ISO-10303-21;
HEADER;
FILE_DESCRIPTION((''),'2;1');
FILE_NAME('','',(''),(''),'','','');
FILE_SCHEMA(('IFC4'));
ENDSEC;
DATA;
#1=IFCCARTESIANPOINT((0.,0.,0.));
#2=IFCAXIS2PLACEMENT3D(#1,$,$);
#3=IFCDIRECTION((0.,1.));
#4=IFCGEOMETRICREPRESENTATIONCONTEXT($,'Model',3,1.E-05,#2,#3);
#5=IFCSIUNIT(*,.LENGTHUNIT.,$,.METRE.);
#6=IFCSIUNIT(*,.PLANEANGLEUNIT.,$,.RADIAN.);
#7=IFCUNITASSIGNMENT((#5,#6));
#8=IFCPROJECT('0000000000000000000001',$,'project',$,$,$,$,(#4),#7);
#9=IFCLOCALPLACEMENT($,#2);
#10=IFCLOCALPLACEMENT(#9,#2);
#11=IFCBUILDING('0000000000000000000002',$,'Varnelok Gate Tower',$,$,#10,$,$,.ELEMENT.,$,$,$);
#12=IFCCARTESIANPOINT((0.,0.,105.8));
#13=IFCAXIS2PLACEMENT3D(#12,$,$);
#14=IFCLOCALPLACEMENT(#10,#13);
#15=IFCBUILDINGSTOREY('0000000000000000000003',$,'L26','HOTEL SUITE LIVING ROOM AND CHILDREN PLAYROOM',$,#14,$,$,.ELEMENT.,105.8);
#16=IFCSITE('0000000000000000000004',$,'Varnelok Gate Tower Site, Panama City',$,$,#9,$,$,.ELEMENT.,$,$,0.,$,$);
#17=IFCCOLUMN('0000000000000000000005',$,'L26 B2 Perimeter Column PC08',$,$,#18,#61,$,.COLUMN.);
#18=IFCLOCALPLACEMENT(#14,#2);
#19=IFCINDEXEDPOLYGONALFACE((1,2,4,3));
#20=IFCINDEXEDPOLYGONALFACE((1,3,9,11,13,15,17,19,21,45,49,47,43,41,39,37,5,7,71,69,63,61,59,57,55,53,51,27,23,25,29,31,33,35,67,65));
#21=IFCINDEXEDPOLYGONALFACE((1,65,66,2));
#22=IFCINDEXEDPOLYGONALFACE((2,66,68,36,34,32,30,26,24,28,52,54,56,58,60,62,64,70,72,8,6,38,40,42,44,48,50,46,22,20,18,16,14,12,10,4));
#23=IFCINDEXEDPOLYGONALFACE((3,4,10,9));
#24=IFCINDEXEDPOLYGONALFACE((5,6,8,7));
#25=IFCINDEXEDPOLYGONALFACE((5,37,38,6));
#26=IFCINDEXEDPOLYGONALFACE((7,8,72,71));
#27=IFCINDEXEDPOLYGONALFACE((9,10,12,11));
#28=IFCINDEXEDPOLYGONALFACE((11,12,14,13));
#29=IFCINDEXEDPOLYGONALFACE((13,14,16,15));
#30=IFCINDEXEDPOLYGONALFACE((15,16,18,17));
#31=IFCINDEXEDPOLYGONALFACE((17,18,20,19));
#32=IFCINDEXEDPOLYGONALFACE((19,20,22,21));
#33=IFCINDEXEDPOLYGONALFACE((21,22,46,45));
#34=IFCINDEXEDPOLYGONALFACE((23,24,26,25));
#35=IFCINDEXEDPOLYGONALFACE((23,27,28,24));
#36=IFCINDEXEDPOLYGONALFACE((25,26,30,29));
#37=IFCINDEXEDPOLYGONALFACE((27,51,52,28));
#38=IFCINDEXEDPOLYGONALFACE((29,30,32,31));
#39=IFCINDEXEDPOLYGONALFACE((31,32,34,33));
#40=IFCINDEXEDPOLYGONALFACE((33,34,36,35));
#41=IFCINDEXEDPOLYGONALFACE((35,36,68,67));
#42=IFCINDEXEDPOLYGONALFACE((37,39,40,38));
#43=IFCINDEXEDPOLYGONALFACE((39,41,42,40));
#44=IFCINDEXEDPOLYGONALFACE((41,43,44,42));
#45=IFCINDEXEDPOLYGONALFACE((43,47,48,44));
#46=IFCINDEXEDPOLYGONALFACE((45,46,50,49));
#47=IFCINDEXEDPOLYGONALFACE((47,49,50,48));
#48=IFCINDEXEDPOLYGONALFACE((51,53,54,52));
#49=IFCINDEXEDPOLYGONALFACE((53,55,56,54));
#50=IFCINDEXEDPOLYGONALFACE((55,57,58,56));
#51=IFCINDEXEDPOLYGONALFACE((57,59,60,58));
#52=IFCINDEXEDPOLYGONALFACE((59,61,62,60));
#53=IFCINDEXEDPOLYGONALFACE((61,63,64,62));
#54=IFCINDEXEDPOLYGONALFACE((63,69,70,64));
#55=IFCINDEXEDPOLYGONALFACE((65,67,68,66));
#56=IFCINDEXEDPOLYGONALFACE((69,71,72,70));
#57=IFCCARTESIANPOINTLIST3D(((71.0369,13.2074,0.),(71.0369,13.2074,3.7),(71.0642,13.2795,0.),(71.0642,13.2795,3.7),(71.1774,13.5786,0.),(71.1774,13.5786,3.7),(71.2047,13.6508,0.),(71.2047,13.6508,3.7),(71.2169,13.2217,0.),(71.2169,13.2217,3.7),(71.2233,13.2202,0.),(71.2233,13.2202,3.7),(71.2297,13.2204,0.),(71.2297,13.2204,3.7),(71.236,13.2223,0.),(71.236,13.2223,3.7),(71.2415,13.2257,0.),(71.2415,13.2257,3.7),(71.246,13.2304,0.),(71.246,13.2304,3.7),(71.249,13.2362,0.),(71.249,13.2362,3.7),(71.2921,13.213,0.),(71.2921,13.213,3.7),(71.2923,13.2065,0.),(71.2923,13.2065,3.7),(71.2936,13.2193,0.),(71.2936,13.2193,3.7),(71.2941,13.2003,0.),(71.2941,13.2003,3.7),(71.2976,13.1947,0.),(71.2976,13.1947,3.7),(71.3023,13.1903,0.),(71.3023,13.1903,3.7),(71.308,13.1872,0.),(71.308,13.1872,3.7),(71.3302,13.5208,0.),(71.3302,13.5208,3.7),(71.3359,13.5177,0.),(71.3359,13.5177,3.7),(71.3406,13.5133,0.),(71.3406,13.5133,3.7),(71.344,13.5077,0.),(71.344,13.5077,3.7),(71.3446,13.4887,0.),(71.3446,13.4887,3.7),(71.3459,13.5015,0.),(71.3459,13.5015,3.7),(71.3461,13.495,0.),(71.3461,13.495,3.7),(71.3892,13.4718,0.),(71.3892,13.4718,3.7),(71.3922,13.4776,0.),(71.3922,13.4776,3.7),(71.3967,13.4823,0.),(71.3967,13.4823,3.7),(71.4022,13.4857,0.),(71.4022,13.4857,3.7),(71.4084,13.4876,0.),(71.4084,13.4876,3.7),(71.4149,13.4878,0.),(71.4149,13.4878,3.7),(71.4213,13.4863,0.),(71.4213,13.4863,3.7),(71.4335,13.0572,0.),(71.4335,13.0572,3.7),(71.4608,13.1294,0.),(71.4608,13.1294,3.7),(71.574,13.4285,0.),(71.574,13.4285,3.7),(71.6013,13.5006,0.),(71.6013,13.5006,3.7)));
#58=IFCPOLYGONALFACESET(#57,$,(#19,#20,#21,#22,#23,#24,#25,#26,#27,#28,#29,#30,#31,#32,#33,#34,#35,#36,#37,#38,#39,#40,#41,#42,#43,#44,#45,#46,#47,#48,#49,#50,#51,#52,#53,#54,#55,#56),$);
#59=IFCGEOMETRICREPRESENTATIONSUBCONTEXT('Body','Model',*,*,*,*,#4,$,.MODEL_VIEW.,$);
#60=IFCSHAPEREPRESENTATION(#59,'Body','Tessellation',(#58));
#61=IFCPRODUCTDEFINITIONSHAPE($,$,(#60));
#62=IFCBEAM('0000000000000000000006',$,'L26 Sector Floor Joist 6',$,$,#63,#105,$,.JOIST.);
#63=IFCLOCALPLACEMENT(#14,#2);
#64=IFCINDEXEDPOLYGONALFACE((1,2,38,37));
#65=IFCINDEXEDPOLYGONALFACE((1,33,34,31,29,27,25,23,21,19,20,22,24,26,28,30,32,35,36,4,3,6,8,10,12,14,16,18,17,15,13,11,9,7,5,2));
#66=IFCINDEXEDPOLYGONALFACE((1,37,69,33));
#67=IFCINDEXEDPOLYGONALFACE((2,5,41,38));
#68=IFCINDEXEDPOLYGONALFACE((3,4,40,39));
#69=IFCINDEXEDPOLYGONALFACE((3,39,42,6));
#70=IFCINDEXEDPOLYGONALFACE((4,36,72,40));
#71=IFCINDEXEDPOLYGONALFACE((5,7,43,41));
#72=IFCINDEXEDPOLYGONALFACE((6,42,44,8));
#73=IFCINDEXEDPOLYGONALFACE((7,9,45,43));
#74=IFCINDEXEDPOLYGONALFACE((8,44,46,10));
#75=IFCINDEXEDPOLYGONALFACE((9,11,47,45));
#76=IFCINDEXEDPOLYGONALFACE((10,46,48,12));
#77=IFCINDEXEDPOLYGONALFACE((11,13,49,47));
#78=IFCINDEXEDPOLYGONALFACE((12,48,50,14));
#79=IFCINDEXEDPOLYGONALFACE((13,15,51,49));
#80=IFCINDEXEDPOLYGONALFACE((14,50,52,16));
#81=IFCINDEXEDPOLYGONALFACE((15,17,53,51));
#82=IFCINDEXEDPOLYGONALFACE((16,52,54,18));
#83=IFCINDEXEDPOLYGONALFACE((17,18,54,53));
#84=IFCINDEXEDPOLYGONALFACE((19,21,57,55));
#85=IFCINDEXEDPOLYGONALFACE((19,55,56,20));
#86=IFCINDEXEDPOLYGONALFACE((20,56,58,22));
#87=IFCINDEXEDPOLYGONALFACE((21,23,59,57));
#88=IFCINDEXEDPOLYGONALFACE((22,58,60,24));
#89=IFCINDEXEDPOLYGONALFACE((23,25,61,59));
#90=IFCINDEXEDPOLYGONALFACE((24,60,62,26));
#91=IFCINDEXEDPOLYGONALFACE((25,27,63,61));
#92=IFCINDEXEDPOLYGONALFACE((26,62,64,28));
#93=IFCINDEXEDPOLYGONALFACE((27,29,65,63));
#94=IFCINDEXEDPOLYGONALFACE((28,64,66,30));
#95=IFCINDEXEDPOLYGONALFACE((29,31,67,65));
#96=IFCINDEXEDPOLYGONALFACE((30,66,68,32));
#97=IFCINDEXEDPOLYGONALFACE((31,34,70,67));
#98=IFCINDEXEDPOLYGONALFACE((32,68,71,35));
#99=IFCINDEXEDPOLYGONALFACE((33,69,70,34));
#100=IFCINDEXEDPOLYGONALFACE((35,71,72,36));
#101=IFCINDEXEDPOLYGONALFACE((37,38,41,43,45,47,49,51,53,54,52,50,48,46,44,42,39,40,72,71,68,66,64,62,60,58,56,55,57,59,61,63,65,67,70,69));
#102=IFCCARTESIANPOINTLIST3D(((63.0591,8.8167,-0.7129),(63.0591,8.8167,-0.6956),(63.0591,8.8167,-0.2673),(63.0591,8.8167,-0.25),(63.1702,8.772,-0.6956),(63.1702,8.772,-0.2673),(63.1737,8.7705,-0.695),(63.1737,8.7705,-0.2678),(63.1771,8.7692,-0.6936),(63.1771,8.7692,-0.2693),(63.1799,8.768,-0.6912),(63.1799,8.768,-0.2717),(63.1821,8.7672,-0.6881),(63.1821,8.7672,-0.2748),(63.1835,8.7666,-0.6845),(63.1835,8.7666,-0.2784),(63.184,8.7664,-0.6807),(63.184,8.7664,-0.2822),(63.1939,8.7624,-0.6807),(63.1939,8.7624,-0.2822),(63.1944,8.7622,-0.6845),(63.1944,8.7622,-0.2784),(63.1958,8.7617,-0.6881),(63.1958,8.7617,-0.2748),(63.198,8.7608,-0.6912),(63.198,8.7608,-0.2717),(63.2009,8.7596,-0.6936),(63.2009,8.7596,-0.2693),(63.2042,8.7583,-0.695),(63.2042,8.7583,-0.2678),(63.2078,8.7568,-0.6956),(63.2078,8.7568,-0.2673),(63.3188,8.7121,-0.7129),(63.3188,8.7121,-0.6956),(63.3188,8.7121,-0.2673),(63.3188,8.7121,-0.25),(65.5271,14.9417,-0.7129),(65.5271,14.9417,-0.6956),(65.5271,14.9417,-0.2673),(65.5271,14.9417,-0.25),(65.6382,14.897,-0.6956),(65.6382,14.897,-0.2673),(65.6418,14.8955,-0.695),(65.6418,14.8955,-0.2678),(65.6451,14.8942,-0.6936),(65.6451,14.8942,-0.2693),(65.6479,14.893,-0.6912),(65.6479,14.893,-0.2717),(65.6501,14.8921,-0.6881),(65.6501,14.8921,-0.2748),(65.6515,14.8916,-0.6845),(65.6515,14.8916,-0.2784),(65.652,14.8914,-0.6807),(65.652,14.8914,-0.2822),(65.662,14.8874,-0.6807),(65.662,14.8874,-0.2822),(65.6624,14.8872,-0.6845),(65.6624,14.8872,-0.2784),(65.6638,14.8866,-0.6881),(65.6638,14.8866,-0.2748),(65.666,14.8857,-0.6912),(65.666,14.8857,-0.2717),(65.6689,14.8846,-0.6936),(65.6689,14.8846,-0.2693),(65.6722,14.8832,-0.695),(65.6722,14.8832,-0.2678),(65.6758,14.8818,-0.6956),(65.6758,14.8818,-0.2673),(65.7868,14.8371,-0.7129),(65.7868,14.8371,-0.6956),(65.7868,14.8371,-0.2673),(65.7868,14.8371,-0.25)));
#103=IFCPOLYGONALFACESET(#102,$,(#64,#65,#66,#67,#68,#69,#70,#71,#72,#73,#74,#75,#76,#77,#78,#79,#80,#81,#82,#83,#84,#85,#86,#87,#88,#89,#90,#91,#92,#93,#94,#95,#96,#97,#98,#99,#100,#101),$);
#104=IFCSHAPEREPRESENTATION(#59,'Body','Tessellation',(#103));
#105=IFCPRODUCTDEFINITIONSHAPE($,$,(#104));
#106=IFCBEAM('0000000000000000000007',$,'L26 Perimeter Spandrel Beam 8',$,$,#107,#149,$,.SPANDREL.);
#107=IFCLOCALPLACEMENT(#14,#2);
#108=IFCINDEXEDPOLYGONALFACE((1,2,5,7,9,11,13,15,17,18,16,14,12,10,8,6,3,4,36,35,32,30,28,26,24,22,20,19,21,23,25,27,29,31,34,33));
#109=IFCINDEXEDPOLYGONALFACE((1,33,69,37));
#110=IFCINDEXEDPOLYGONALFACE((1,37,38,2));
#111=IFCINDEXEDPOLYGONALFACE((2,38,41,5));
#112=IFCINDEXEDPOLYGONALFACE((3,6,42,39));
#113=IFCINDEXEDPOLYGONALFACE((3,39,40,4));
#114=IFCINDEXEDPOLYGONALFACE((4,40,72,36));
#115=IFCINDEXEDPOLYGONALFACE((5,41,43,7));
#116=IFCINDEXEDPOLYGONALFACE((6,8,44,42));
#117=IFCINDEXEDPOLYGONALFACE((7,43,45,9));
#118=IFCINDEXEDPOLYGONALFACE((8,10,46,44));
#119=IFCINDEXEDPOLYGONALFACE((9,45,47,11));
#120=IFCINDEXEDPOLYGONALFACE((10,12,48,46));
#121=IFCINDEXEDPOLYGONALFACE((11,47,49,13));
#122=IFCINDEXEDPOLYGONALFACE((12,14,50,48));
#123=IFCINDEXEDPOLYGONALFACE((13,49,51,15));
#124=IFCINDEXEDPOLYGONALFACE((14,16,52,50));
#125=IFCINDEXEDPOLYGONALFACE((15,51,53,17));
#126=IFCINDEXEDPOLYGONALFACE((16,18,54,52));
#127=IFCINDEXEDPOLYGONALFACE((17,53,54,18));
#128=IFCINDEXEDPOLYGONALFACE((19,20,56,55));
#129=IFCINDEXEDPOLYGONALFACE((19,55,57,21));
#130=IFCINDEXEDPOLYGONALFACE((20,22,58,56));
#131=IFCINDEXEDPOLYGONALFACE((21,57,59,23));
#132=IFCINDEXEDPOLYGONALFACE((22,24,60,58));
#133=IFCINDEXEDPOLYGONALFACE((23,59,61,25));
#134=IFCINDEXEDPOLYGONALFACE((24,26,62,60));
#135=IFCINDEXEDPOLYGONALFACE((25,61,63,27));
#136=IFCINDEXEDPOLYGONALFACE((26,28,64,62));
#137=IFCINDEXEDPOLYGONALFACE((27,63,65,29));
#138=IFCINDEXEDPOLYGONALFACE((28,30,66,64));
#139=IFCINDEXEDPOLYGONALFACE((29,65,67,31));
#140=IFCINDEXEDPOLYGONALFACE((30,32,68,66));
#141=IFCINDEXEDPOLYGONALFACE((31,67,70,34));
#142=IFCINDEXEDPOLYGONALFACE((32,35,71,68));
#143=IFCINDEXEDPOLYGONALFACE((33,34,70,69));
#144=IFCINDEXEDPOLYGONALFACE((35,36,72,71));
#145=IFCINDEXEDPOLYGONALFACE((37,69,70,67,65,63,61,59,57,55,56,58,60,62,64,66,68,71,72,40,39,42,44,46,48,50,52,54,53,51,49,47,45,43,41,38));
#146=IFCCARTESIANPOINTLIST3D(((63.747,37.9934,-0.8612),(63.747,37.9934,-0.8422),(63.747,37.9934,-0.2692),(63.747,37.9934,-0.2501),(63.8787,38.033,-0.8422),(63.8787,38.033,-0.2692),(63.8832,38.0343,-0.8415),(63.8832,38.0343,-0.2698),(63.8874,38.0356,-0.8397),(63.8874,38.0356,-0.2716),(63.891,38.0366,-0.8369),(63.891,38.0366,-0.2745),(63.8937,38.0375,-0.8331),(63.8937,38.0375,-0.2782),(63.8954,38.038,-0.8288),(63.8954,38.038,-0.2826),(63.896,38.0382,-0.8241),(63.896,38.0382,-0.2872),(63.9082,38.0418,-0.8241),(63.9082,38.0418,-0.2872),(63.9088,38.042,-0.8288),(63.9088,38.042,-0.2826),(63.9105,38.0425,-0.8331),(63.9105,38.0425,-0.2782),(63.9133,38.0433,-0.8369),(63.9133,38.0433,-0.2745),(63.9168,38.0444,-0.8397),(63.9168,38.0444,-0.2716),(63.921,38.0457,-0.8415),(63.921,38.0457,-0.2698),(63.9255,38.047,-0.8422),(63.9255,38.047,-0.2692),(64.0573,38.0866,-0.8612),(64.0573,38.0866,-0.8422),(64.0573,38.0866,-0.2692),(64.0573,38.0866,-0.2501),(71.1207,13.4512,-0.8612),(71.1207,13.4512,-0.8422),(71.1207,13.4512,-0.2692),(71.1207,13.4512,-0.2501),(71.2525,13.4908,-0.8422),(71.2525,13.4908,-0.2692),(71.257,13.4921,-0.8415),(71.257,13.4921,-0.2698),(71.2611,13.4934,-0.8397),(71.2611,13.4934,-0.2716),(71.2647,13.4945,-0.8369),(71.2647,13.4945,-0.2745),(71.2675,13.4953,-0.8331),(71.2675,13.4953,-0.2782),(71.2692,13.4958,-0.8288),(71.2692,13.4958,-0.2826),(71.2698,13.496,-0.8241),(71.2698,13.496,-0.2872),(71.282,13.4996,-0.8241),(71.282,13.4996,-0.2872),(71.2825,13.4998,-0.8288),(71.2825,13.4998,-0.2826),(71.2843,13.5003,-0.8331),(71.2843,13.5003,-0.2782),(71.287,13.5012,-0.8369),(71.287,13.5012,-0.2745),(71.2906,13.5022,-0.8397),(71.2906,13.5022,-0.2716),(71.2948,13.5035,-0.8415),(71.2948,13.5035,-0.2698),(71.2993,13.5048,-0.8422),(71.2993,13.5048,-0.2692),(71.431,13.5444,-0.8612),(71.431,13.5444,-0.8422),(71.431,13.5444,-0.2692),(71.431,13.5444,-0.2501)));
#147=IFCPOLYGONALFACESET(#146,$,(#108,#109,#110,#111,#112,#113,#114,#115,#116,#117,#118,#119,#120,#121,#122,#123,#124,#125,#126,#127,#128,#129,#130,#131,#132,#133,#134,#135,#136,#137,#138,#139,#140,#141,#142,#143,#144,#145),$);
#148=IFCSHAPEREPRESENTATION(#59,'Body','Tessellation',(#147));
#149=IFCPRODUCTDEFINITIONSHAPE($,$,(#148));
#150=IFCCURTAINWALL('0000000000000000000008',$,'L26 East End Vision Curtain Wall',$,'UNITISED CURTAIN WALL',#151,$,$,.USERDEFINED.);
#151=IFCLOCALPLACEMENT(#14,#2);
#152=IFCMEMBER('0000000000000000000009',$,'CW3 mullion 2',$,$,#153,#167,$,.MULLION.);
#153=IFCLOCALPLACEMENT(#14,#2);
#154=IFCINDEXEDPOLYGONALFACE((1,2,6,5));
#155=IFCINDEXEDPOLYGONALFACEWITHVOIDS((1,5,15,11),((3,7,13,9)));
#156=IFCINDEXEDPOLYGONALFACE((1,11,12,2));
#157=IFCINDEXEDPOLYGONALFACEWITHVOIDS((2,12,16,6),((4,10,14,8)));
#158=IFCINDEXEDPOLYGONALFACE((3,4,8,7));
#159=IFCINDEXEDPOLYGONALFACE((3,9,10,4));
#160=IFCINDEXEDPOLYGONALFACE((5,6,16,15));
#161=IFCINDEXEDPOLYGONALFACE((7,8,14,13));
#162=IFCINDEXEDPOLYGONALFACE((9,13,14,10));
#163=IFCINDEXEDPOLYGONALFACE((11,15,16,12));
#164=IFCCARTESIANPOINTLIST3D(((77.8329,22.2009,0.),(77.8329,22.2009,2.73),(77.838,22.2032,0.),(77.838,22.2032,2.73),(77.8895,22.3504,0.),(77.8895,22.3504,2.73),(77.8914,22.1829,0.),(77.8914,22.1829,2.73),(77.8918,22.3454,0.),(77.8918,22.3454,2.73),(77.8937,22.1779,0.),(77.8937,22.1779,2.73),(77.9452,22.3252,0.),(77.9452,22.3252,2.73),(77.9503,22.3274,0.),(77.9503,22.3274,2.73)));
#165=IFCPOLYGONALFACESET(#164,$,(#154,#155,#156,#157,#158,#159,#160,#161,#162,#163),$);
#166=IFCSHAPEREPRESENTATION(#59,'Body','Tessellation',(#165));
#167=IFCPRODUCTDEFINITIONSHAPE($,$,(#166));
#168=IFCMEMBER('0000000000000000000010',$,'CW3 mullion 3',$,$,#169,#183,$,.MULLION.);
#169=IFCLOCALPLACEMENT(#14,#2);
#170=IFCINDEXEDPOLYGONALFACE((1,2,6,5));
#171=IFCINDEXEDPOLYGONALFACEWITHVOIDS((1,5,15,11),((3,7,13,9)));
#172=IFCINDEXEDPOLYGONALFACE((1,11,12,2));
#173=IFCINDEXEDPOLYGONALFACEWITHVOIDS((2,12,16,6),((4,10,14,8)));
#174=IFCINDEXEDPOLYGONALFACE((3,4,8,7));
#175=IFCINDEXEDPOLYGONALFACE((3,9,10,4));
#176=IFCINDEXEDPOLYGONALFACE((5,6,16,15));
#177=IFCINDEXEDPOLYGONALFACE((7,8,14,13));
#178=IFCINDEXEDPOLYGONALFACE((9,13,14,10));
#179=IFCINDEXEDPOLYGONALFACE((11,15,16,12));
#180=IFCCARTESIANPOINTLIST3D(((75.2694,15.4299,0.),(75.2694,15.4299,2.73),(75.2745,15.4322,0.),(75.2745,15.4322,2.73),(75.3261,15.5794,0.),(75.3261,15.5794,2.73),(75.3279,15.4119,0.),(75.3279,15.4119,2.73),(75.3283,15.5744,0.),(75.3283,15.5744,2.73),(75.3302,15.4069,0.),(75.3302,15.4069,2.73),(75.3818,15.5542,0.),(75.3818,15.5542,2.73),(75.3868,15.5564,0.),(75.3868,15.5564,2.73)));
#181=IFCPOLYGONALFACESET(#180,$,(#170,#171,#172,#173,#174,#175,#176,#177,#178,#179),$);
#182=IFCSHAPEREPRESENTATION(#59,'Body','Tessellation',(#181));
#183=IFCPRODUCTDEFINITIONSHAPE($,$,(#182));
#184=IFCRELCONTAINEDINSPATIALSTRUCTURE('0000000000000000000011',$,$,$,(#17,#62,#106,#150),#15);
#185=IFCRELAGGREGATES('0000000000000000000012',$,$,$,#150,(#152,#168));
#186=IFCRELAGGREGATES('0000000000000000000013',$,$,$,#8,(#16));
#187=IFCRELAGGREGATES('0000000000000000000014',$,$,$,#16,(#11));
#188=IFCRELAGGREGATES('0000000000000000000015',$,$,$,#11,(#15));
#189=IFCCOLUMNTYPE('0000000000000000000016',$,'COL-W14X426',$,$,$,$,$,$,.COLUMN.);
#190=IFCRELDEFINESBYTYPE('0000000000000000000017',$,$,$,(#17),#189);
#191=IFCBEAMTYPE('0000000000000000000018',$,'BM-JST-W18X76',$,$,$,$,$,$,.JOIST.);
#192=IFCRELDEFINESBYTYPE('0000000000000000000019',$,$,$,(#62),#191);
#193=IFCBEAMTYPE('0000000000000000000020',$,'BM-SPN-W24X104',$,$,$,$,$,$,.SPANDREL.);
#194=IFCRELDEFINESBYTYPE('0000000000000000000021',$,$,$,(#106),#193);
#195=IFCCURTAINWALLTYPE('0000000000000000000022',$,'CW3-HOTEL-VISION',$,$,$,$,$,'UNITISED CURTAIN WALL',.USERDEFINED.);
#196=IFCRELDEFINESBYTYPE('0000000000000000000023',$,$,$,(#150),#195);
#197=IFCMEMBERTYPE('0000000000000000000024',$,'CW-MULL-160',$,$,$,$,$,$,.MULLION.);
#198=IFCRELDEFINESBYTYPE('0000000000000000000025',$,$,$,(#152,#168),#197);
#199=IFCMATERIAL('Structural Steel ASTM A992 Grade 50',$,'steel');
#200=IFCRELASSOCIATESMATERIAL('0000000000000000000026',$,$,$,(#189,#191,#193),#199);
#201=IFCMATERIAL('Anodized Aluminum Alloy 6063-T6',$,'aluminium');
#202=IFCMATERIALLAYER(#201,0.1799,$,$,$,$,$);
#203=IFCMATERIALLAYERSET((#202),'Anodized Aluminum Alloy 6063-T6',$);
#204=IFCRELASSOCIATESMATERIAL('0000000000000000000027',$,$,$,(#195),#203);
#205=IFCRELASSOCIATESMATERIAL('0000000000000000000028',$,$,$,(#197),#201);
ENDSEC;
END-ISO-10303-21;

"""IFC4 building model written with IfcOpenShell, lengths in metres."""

from ifc_helpers import new_model, si_unit, direction, frame, origin, origin_2d, place, context, subcontext, project, spatial, hollow_rectangle, i_section, extrude, material, layer, layer_set, material_profile, profile_set, type_object, element, aggregate, save


model = new_model("IFC4")

# Units and contexts
model_context = context("Model", 3, precision=1e-05, world=origin(), true_north=direction((0.0, 1.0)))
body_context = subcontext(model_context, "Body", "Model", "MODEL_VIEW")
ifc_project = project(units=[si_unit("LENGTHUNIT", "METRE"), si_unit("PLANEANGLEUNIT", "RADIAN")], contexts=[model_context])

# Site, building, storey
site_placement = place(None, origin())
site = spatial("IfcSite", under=ifc_project, at=site_placement, Name="Varnelok Gate Tower Site, Panama City", CompositionType="ELEMENT", RefElevation=0.0)
building_placement = place(site_placement, origin())
building = spatial("IfcBuilding", under=site, at=building_placement, Name="Varnelok Gate Tower", CompositionType="ELEMENT")
storey_placement = place(building_placement, frame((0.0, 0.0, 105.8)))
storey = spatial("IfcBuildingStorey", under=building, at=storey_placement, Name="L26", Description="HOTEL SUITE LIVING ROOM AND CHILDREN PLAYROOM", CompositionType="ELEMENT", Elevation=105.8)

# Column
ifc_material_1 = material(Name="Structural Steel ASTM A992 Grade 50", Category="steel")
ifc_material_profile_1 = material_profile(ifc_material_1, i_section(OverallWidth=0.4241, OverallDepth=0.4741, WebThickness=0.0476, FlangeThickness=0.0771, FilletRadius=0.0249, at=origin_2d()), Name="W14X426")
ifc_profile_set_1 = profile_set([ifc_material_profile_1], Name="Structural Steel ASTM A992 Grade 50")
column_type = type_object("IfcColumnType", Name="COL-W14X426", PredefinedType="COLUMN", material=ifc_profile_set_1)
column_placement = place(storey_placement, frame((71.3191, 13.354, 0.0), z_axis=(0.0, 0.0, 1.0), x_axis=(0.935222, -0.354063, 0.0)))
element("IfcColumn", 1, at=column_placement, inside=storey, type_object=column_type, Name="L26 B2 Perimeter Column PC08", PredefinedType="COLUMN", context=body_context, shape_type="SweptSolid", body=[
    extrude(i_section(OverallWidth=0.4241, OverallDepth=0.4741, WebThickness=0.0476, FlangeThickness=0.0771, FilletRadius=0.0249, at=origin_2d()), origin(), (0.0, 0.0, 1.0), 3.7),
])

# Beams
ifc_material_profile_2 = material_profile(ifc_material_1, i_section(OverallWidth=0.28, OverallDepth=0.4629, WebThickness=0.0107, FlangeThickness=0.0173, FilletRadius=0.0149, at=origin_2d()), Name="W18X76")
ifc_profile_set_2 = profile_set([ifc_material_profile_2], Name="Structural Steel ASTM A992 Grade 50")
beam_type_1 = type_object("IfcBeamType", Name="BM-JST-W18X76", PredefinedType="JOIST", material=ifc_profile_set_2)
beam_1_placement = place(storey_placement, frame((63.189, 8.7644, -0.4814), z_axis=(0.373742, 0.927533, 0.0), x_axis=(-0.927533, 0.373742, 0.0)))
element("IfcBeam", 2, at=beam_1_placement, inside=storey, type_object=beam_type_1, Name="L26 Sector Floor Joist 6", PredefinedType="JOIST", context=body_context, shape_type="SweptSolid", body=[
    extrude(i_section(OverallWidth=0.28, OverallDepth=0.4629, WebThickness=0.0107, FlangeThickness=0.0173, FilletRadius=0.0149, at=origin_2d()), origin(), (0.0, 0.0, 1.0), 6.6035),
])
ifc_material_profile_3 = material_profile(ifc_material_1, i_section(OverallWidth=0.324, OverallDepth=0.6111, WebThickness=0.0127, FlangeThickness=0.019, FilletRadius=0.0181, at=origin_2d()), Name="W24X104")
ifc_profile_set_3 = profile_set([ifc_material_profile_3], Name="Structural Steel ASTM A992 Grade 50")
beam_type_2 = type_object("IfcBeamType", Name="BM-SPN-W24X104", PredefinedType="SPANDREL", material=ifc_profile_set_3)
beam_2_placement = place(storey_placement, frame((71.2759, 13.4978, -0.5557), z_axis=(-0.287746, 0.957707, 0.0), x_axis=(-0.957707, -0.287746, 0.0)))
element("IfcBeam", 3, at=beam_2_placement, inside=storey, type_object=beam_type_2, Name="L26 Perimeter Spandrel Beam 8", PredefinedType="SPANDREL", context=body_context, shape_type="SweptSolid", body=[
    extrude(i_section(OverallWidth=0.324, OverallDepth=0.6111, WebThickness=0.0127, FlangeThickness=0.019, FilletRadius=0.0181, at=origin_2d()), origin(), (0.0, 0.0, 1.0), 25.626),
])

# Curtain wall, members
ifc_material_2 = material(Name="Anodized Aluminum Alloy 6063-T6", Category="aluminium")
ifc_layer_1 = layer(ifc_material_2, 0.1799)
ifc_layer_set_1 = layer_set([ifc_layer_1], Name="Anodized Aluminum Alloy 6063-T6")
curtain_wall_type = type_object("IfcCurtainWallType", Name="CW3-HOTEL-VISION", ElementType="UNITISED CURTAIN WALL", PredefinedType="USERDEFINED", material=ifc_layer_set_1)
curtain_wall_placement = place(storey_placement, origin())
curtain_wall = element("IfcCurtainWall", 4, at=curtain_wall_placement, inside=storey, type_object=curtain_wall_type, Name="L26 East End Vision Curtain Wall", ObjectType="UNITISED CURTAIN WALL", PredefinedType="USERDEFINED")
ifc_material_profile_4 = material_profile(ifc_material_2, hollow_rectangle(XDim=0.0649, YDim=0.1599, WallThickness=0.0039, at=origin_2d()), Name="ALU160X65X4")
ifc_profile_set_4 = profile_set([ifc_material_profile_4], Name="Anodized Aluminum Alloy 6063-T6")
member_type_1 = type_object("IfcMemberType", Name="CW-MULL-160", PredefinedType="MULLION", material=ifc_profile_set_4)
member_1_placement = place(storey_placement, frame((77.8916, 22.2642, 0.0), z_axis=(0.0, 0.0, 1.0), x_axis=(0.935221, -0.354064, 0.0)))
member_1 = element("IfcMember", 5, at=member_1_placement, type_object=member_type_1, Name="CW3 mullion 2", PredefinedType="MULLION", context=body_context, shape_type="SweptSolid", body=[
    extrude(hollow_rectangle(XDim=0.0649, YDim=0.1599, WallThickness=0.0039, at=origin_2d()), origin(), (0.0, 0.0, 1.0), 2.73),
])
member_2_placement = place(storey_placement, frame((75.3281, 15.4932, 0.0), z_axis=(0.0, 0.0, 1.0), x_axis=(0.935221, -0.354064, 0.0)))
member_2 = element("IfcMember", 6, at=member_2_placement, type_object=member_type_1, Name="CW3 mullion 3", PredefinedType="MULLION", context=body_context, shape_type="SweptSolid", body=[
    extrude(hollow_rectangle(XDim=0.0649, YDim=0.1599, WallThickness=0.0039, at=origin_2d()), origin(), (0.0, 0.0, 1.0), 2.73),
])
aggregate(curtain_wall, [member_1, member_2])

save(model, "model.ifc")
